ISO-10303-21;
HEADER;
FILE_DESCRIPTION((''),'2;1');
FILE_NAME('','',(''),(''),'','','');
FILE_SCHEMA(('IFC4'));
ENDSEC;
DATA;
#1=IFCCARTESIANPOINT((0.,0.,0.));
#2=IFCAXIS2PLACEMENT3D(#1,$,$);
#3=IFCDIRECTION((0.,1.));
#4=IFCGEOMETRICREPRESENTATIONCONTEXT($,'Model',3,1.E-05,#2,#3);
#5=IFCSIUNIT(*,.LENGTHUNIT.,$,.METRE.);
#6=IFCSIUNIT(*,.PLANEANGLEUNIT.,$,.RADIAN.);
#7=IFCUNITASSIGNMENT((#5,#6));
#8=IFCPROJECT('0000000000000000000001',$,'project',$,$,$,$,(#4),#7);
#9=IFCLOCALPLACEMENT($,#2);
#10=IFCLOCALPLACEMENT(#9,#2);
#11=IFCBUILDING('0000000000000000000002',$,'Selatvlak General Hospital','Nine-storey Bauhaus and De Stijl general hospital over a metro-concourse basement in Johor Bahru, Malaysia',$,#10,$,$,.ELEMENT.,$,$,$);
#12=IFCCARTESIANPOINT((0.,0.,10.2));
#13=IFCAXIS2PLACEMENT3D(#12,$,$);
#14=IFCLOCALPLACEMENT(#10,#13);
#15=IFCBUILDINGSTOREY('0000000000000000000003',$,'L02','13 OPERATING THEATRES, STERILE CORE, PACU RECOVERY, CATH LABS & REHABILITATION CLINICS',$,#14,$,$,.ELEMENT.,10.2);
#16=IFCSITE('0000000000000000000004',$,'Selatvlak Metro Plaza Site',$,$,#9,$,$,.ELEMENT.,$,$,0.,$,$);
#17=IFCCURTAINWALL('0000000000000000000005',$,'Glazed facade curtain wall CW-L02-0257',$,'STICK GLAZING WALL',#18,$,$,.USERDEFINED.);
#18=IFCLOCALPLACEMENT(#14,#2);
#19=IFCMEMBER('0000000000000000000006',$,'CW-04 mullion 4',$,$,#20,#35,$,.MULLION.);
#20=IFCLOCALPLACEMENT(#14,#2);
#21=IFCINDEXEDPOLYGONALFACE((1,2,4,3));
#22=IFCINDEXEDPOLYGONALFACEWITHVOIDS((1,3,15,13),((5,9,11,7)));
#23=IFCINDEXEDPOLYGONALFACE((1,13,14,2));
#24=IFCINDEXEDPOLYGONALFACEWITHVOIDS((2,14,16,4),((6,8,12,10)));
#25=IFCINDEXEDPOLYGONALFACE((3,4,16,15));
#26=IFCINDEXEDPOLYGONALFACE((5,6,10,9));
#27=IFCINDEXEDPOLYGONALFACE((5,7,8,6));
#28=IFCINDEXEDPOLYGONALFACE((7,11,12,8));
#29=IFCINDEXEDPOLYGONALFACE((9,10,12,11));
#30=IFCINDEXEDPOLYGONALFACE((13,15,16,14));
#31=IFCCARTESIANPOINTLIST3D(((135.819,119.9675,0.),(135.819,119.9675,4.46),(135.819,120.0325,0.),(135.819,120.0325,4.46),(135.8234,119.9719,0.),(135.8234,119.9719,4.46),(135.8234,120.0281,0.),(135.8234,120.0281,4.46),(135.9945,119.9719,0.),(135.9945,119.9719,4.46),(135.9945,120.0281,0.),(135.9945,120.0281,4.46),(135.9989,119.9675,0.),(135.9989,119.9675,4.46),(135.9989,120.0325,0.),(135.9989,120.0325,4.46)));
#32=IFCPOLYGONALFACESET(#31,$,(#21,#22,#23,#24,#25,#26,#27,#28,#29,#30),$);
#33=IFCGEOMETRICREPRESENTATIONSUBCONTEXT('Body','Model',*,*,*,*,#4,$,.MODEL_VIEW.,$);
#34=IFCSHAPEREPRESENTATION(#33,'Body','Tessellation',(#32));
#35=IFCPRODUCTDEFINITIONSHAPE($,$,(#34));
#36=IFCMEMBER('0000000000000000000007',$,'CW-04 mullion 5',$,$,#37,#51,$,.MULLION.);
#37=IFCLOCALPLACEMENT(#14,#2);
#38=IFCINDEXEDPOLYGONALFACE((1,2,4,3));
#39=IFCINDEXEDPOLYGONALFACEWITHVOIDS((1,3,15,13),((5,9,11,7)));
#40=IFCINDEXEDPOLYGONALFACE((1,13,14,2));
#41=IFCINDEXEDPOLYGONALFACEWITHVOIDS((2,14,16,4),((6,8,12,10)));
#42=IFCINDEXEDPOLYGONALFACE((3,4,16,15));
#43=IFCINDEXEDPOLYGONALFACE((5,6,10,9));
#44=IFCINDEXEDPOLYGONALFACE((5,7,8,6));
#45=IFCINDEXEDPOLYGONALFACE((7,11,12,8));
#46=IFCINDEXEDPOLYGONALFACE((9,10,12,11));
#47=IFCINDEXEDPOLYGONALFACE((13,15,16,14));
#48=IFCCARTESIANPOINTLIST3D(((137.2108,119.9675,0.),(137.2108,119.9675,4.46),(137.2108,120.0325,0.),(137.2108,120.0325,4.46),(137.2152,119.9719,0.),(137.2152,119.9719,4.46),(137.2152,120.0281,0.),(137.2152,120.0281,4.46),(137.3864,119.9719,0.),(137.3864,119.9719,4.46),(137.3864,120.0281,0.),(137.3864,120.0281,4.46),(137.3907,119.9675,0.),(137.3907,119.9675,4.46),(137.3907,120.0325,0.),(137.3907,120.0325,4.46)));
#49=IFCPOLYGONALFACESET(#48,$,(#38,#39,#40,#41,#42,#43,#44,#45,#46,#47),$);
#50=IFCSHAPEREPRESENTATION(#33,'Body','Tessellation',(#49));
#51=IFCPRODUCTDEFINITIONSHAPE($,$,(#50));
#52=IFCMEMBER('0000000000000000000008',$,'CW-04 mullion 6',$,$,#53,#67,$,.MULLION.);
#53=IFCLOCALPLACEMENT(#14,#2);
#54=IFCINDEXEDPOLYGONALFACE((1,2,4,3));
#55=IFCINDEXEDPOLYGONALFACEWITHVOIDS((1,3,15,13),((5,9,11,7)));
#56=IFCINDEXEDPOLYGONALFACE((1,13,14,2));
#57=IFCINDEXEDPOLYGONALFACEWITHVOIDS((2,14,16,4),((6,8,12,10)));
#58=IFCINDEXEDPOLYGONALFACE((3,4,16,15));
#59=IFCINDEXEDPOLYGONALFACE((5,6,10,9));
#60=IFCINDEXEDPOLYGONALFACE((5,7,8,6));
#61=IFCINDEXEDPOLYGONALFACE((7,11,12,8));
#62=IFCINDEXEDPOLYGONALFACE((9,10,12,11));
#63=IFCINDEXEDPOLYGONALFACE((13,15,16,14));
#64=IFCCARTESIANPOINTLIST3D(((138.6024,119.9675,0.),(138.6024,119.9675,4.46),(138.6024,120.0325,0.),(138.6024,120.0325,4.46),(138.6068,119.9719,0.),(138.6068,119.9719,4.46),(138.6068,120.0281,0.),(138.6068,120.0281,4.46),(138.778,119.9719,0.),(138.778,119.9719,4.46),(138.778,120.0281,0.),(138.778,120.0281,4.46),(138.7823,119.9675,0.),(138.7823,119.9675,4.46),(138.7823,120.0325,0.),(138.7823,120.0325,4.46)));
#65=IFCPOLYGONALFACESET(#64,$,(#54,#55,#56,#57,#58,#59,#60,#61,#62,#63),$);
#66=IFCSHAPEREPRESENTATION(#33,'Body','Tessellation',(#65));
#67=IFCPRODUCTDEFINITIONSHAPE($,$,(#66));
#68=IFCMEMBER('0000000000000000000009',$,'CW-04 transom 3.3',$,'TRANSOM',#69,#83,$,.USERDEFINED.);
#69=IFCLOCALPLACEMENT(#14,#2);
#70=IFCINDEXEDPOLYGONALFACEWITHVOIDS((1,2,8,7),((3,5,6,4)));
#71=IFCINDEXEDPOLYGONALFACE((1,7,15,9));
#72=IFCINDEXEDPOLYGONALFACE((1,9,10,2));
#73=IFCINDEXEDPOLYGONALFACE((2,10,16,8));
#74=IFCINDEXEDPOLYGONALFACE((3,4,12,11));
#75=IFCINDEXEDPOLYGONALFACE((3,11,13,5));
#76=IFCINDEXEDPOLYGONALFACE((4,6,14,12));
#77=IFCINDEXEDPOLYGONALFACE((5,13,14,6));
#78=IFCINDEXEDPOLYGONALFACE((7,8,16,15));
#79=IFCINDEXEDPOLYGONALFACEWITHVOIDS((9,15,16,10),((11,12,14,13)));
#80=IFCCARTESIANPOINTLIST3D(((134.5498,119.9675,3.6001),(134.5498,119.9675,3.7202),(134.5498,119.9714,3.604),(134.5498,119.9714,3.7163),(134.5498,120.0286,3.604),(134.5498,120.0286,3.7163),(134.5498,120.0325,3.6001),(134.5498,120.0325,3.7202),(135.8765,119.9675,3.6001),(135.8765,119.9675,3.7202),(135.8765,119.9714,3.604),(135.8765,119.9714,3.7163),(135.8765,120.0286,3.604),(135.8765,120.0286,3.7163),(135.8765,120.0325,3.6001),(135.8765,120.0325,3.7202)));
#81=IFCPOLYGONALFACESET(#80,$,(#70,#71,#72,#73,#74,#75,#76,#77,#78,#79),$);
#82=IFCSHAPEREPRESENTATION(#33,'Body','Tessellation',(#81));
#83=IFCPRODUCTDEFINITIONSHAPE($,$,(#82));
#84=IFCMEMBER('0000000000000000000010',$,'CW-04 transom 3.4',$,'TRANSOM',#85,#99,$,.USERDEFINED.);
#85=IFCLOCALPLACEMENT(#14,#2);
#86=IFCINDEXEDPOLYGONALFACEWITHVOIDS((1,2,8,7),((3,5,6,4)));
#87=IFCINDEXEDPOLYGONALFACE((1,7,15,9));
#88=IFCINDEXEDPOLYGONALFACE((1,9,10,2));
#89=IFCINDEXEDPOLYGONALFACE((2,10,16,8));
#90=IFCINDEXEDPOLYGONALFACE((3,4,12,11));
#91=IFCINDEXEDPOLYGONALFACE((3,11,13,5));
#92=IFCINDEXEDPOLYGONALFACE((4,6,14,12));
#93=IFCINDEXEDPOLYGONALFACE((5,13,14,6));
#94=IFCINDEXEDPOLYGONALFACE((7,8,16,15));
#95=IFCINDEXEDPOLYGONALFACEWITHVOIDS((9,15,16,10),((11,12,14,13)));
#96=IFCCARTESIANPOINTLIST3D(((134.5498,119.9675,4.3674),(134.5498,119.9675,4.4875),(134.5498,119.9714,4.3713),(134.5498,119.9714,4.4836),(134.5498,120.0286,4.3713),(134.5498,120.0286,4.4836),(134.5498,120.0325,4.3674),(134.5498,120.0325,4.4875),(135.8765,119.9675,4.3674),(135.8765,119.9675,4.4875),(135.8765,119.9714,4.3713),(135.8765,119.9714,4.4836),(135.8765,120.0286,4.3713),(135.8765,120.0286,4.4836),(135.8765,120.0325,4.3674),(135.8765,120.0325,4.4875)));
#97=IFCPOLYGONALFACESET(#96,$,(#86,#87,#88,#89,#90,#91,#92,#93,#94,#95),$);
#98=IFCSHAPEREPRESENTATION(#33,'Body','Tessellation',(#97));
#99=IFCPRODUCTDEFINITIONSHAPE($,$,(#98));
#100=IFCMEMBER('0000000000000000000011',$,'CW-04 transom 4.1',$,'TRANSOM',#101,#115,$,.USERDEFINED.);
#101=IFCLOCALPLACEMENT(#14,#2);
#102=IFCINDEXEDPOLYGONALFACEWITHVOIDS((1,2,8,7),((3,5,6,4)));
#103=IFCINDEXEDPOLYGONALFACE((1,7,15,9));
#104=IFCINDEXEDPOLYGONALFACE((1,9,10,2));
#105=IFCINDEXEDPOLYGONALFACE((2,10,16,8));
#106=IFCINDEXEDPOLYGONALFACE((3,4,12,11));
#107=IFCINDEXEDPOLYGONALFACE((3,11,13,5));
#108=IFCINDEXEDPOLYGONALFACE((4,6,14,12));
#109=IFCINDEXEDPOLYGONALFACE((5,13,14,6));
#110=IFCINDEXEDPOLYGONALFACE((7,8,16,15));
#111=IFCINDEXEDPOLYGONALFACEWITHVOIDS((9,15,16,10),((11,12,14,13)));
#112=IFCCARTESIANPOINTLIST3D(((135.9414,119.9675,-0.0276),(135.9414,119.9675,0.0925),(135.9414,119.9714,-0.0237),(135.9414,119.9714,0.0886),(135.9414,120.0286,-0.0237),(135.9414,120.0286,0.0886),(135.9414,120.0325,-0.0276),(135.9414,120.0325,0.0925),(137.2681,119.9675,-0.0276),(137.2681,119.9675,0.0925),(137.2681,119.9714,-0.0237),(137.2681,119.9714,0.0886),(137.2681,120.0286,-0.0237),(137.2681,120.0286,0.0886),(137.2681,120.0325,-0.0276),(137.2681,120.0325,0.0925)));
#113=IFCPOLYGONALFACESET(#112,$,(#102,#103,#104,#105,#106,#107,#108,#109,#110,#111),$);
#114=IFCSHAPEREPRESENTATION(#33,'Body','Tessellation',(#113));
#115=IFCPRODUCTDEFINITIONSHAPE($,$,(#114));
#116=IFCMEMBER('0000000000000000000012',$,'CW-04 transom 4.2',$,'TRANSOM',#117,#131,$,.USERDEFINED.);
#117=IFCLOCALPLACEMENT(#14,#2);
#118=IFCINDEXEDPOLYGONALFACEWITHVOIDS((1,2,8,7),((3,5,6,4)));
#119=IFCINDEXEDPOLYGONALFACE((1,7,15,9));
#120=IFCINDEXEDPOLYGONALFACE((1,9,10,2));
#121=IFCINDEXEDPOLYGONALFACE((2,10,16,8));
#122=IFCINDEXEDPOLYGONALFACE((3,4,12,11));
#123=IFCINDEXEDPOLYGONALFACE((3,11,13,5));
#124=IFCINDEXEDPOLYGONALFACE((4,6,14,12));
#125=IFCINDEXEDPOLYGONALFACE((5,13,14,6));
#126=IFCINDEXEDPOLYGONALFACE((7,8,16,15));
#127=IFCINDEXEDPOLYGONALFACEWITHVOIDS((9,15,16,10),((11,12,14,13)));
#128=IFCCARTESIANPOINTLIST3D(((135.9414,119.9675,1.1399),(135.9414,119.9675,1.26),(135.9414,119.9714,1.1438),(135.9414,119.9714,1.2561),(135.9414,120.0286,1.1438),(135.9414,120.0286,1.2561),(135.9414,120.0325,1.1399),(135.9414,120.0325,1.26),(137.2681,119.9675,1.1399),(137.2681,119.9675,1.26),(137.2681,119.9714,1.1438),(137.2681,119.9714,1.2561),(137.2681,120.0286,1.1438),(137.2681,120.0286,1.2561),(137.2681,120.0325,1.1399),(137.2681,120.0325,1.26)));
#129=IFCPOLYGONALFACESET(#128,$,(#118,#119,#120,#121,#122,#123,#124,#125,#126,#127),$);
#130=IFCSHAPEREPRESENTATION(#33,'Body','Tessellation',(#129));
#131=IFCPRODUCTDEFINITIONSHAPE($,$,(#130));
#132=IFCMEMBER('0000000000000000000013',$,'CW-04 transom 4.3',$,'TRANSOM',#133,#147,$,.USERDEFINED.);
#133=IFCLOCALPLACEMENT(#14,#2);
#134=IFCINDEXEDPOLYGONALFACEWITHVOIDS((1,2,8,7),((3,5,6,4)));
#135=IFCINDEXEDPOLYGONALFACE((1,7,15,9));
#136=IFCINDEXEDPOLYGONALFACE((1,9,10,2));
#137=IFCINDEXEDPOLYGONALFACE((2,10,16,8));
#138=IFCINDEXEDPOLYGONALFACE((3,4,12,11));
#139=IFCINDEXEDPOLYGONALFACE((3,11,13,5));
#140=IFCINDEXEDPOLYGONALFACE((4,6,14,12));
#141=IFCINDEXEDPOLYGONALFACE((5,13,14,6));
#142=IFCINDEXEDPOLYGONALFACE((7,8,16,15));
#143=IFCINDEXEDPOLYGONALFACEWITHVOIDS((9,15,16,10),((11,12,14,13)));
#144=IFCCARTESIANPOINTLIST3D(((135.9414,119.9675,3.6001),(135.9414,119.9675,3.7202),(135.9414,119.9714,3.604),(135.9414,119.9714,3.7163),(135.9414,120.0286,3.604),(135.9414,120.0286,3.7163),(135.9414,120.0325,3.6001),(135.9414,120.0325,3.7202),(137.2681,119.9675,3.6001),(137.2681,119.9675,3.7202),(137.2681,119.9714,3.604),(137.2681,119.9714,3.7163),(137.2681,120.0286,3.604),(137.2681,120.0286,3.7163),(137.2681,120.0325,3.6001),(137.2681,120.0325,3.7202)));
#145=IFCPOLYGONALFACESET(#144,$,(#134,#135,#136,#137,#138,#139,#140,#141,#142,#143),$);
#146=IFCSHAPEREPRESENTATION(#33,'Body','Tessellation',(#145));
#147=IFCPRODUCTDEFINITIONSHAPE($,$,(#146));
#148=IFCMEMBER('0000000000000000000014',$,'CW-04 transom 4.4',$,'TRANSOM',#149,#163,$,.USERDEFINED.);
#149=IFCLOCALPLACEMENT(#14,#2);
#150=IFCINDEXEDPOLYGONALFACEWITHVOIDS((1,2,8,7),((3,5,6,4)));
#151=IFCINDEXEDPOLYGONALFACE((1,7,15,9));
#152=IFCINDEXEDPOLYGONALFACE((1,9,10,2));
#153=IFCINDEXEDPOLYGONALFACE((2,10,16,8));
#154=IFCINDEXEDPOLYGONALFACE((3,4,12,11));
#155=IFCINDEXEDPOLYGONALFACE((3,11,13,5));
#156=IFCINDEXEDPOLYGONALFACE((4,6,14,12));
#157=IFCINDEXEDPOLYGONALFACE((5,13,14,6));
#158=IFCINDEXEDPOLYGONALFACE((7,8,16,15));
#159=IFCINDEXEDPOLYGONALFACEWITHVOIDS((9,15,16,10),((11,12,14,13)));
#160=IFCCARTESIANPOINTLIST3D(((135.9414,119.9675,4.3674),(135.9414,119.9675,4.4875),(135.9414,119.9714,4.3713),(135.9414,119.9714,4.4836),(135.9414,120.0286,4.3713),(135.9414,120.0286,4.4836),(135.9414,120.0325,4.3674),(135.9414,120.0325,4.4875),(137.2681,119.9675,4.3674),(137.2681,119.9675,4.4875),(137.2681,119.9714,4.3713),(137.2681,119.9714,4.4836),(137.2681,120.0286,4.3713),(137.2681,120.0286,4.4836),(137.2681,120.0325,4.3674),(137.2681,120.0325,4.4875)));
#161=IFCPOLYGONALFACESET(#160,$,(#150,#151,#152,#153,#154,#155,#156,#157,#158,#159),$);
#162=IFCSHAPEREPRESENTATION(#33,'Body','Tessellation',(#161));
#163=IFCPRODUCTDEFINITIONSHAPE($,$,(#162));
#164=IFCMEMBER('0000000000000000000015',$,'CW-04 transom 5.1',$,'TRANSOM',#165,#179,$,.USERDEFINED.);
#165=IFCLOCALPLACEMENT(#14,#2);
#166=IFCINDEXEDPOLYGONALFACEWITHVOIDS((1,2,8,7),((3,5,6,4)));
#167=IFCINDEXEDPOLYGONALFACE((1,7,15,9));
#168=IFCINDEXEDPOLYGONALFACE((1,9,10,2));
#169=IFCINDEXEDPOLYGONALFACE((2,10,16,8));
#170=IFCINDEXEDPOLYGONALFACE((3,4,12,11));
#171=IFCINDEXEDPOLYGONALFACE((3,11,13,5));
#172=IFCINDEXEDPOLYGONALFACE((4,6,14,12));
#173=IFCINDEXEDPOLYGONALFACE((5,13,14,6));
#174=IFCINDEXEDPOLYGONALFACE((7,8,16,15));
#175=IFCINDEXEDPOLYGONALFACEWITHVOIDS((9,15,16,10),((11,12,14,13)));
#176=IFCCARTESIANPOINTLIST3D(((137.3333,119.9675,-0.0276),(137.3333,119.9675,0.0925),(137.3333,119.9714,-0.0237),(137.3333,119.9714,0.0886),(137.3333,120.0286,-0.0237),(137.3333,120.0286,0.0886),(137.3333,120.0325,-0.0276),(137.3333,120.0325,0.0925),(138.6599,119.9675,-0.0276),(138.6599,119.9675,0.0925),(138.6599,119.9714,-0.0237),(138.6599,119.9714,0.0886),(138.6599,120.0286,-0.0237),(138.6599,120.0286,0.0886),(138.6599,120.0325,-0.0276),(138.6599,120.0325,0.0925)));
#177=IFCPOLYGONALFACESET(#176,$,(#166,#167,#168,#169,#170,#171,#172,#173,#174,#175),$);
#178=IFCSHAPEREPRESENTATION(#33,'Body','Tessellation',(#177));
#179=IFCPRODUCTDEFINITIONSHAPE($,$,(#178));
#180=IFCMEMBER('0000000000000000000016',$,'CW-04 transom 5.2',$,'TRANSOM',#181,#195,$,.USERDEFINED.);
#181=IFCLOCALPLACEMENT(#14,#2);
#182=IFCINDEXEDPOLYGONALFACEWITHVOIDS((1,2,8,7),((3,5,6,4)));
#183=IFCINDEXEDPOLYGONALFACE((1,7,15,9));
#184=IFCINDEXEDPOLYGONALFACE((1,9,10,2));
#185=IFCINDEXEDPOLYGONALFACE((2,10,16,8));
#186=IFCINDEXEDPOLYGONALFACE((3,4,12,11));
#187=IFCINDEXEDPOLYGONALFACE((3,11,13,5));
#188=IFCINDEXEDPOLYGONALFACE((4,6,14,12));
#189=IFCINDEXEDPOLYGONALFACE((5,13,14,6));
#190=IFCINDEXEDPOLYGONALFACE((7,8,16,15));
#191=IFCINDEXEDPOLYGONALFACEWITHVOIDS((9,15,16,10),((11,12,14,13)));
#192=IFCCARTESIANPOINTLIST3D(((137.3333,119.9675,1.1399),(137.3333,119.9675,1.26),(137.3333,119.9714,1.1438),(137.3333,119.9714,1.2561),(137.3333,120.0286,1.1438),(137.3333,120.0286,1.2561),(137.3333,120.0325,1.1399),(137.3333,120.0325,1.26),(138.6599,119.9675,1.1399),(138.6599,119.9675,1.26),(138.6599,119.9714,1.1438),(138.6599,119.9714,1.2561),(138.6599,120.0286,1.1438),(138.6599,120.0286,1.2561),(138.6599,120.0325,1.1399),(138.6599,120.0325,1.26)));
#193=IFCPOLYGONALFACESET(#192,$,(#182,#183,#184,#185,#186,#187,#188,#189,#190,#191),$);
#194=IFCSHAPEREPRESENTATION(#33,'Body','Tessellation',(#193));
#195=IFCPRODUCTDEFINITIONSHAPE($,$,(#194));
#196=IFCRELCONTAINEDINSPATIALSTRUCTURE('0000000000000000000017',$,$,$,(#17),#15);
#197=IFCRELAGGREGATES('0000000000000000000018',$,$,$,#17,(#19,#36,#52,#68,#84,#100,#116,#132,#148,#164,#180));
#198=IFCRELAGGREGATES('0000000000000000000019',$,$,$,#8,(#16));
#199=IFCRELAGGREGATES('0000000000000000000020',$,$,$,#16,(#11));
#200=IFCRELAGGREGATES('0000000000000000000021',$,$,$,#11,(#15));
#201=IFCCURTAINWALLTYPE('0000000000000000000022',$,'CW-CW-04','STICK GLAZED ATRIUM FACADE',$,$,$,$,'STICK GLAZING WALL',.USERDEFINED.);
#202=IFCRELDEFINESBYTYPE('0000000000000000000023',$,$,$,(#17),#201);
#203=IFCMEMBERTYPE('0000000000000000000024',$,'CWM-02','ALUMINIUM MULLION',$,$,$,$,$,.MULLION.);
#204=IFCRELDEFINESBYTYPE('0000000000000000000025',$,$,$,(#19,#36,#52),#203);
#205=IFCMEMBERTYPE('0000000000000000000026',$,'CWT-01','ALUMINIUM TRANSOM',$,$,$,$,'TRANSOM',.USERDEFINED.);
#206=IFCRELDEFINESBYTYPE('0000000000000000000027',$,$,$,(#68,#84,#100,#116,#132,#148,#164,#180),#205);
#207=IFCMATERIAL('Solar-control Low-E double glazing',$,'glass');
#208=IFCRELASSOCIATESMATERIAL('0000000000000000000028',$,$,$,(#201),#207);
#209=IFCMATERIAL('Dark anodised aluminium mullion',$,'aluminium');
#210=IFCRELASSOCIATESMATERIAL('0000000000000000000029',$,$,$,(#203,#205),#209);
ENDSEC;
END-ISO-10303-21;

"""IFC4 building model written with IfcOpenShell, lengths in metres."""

from ifc_helpers import new_model, si_unit, direction, frame, origin, origin_2d, place, context, subcontext, project, spatial, hollow_rectangle, extrude, material, material_profile, profile_set, type_object, element, aggregate, save


model = new_model("IFC4")

# Units and contexts
model_context = context("Model", 3, precision=1e-05, world=origin(), true_north=direction((0.0, 1.0)))
body_context = subcontext(model_context, "Body", "Model", "MODEL_VIEW")
ifc_project = project(units=[si_unit("LENGTHUNIT", "METRE"), si_unit("PLANEANGLEUNIT", "RADIAN")], contexts=[model_context])

# Site, building, storey
site_placement = place(None, origin())
site = spatial("IfcSite", under=ifc_project, at=site_placement, Name="Selatvlak Metro Plaza Site", CompositionType="ELEMENT", RefElevation=0.0)
building_placement = place(site_placement, origin())
building = spatial("IfcBuilding", under=site, at=building_placement, Name="Selatvlak General Hospital", Description="Nine-storey Bauhaus and De Stijl general hospital over a metro-concourse basement in Johor Bahru, Malaysia", CompositionType="ELEMENT")
storey_placement = place(building_placement, frame((0.0, 0.0, 10.2)))
storey = spatial("IfcBuildingStorey", under=building, at=storey_placement, Name="L02", Description="13 OPERATING THEATRES, STERILE CORE, PACU RECOVERY, CATH LABS & REHABILITATION CLINICS", CompositionType="ELEMENT", Elevation=10.2)

# Curtain wall, members
ifc_material_1 = material(Name="Solar-control Low-E double glazing", Category="glass")
curtain_wall_type = type_object("IfcCurtainWallType", Name="CW-CW-04", Description="STICK GLAZED ATRIUM FACADE", ElementType="STICK GLAZING WALL", PredefinedType="USERDEFINED", material=ifc_material_1)
curtain_wall_placement = place(storey_placement, origin())
curtain_wall = element("IfcCurtainWall", 1, at=curtain_wall_placement, inside=storey, type_object=curtain_wall_type, Name="Glazed facade curtain wall CW-L02-0257", ObjectType="STICK GLAZING WALL", PredefinedType="USERDEFINED")
ifc_material_2 = material(Name="Dark anodised aluminium mullion", Category="aluminium")
ifc_material_profile_1 = material_profile(ifc_material_2, hollow_rectangle(XDim=0.0649, YDim=0.1799, WallThickness=0.0044, at=origin_2d()), Name="AL-MUL 65x180x4.5")
ifc_profile_set_1 = profile_set([ifc_material_profile_1], Name="Dark anodised aluminium mullion")
member_type_1 = type_object("IfcMemberType", Name="CWM-02", Description="ALUMINIUM MULLION", PredefinedType="MULLION", material=ifc_profile_set_1)
member_1_placement = place(storey_placement, frame((135.9089, 120.0, 0.0), z_axis=(0.0, 0.0, 1.0), x_axis=(0.0, 1.0, 0.0)))
member_1 = element("IfcMember", 2, at=member_1_placement, type_object=member_type_1, Name="CW-04 mullion 4", PredefinedType="MULLION", context=body_context, shape_type="SweptSolid", body=[
    extrude(hollow_rectangle(XDim=0.0649, YDim=0.1799, WallThickness=0.0044, at=origin_2d()), origin(), (0.0, 0.0, 1.0), 4.46),
])
member_2_placement = place(storey_placement, frame((137.3008, 120.0, 0.0), z_axis=(0.0, 0.0, 1.0), x_axis=(0.0, 1.0, 0.0)))
member_2 = element("IfcMember", 3, at=member_2_placement, type_object=member_type_1, Name="CW-04 mullion 5", PredefinedType="MULLION", context=body_context, shape_type="SweptSolid", body=[
    extrude(hollow_rectangle(XDim=0.0649, YDim=0.1799, WallThickness=0.0044, at=origin_2d()), origin(), (0.0, 0.0, 1.0), 4.46),
])
member_3_placement = place(storey_placement, frame((138.6924, 120.0, 0.0), z_axis=(0.0, 0.0, 1.0), x_axis=(0.0, 1.0, 0.0)))
member_3 = element("IfcMember", 4, at=member_3_placement, type_object=member_type_1, Name="CW-04 mullion 6", PredefinedType="MULLION", context=body_context, shape_type="SweptSolid", body=[
    extrude(hollow_rectangle(XDim=0.0649, YDim=0.1799, WallThickness=0.0044, at=origin_2d()), origin(), (0.0, 0.0, 1.0), 4.46),
])
ifc_material_profile_2 = material_profile(ifc_material_2, hollow_rectangle(XDim=0.0649, YDim=0.1201, WallThickness=0.0039, at=origin_2d()), Name="AL-TRN 65x120x4")
ifc_profile_set_2 = profile_set([ifc_material_profile_2], Name="Dark anodised aluminium mullion")
member_type_2 = type_object("IfcMemberType", Name="CWT-01", Description="ALUMINIUM TRANSOM", ElementType="TRANSOM", PredefinedType="USERDEFINED", material=ifc_profile_set_2)
member_4_placement = place(storey_placement, frame((134.5498, 120.0, 3.6602), z_axis=(1.0, 0.0, 0.0), x_axis=(0.0, 1.0, 0.0)))
member_4 = element("IfcMember", 5, at=member_4_placement, type_object=member_type_2, Name="CW-04 transom 3.3", ObjectType="TRANSOM", PredefinedType="USERDEFINED", context=body_context, shape_type="SweptSolid", body=[
    extrude(hollow_rectangle(XDim=0.0649, YDim=0.1201, WallThickness=0.0039, at=origin_2d()), origin(), (0.0, 0.0, 1.0), 1.3267),
])
member_5_placement = place(storey_placement, frame((134.5498, 120.0, 4.4275), z_axis=(1.0, 0.0, 0.0), x_axis=(0.0, 1.0, 0.0)))
member_5 = element("IfcMember", 6, at=member_5_placement, type_object=member_type_2, Name="CW-04 transom 3.4", ObjectType="TRANSOM", PredefinedType="USERDEFINED", context=body_context, shape_type="SweptSolid", body=[
    extrude(hollow_rectangle(XDim=0.0649, YDim=0.1201, WallThickness=0.0039, at=origin_2d()), origin(), (0.0, 0.0, 1.0), 1.3267),
])
member_6_placement = place(storey_placement, frame((135.9414, 120.0, 0.0325), z_axis=(1.0, 0.0, 0.0), x_axis=(0.0, 1.0, 0.0)))
member_6 = element("IfcMember", 7, at=member_6_placement, type_object=member_type_2, Name="CW-04 transom 4.1", ObjectType="TRANSOM", PredefinedType="USERDEFINED", context=body_context, shape_type="SweptSolid", body=[
    extrude(hollow_rectangle(XDim=0.0649, YDim=0.1201, WallThickness=0.0039, at=origin_2d()), origin(), (0.0, 0.0, 1.0), 1.3267),
])
member_7_placement = place(storey_placement, frame((135.9414, 120.0, 1.2), z_axis=(1.0, 0.0, 0.0), x_axis=(0.0, 1.0, 0.0)))
member_7 = element("IfcMember", 8, at=member_7_placement, type_object=member_type_2, Name="CW-04 transom 4.2", ObjectType="TRANSOM", PredefinedType="USERDEFINED", context=body_context, shape_type="SweptSolid", body=[
    extrude(hollow_rectangle(XDim=0.0649, YDim=0.1201, WallThickness=0.0039, at=origin_2d()), origin(), (0.0, 0.0, 1.0), 1.3267),
])
member_8_placement = place(storey_placement, frame((135.9414, 120.0, 3.6602), z_axis=(1.0, 0.0, 0.0), x_axis=(0.0, 1.0, 0.0)))
member_8 = element("IfcMember", 9, at=member_8_placement, type_object=member_type_2, Name="CW-04 transom 4.3", ObjectType="TRANSOM", PredefinedType="USERDEFINED", context=body_context, shape_type="SweptSolid", body=[
    extrude(hollow_rectangle(XDim=0.0649, YDim=0.1201, WallThickness=0.0039, at=origin_2d()), origin(), (0.0, 0.0, 1.0), 1.3267),
])
member_9_placement = place(storey_placement, frame((135.9414, 120.0, 4.4275), z_axis=(1.0, 0.0, 0.0), x_axis=(0.0, 1.0, 0.0)))
member_9 = element("IfcMember", 10, at=member_9_placement, type_object=member_type_2, Name="CW-04 transom 4.4", ObjectType="TRANSOM", PredefinedType="USERDEFINED", context=body_context, shape_type="SweptSolid", body=[
    extrude(hollow_rectangle(XDim=0.0649, YDim=0.1201, WallThickness=0.0039, at=origin_2d()), origin(), (0.0, 0.0, 1.0), 1.3267),
])
member_10_placement = place(storey_placement, frame((137.3333, 120.0, 0.0325), z_axis=(1.0, 0.0, 0.0), x_axis=(0.0, 1.0, 0.0)))
member_10 = element("IfcMember", 11, at=member_10_placement, type_object=member_type_2, Name="CW-04 transom 5.1", ObjectType="TRANSOM", PredefinedType="USERDEFINED", context=body_context, shape_type="SweptSolid", body=[
    extrude(hollow_rectangle(XDim=0.0649, YDim=0.1201, WallThickness=0.0039, at=origin_2d()), origin(), (0.0, 0.0, 1.0), 1.3267),
])
member_11_placement = place(storey_placement, frame((137.3333, 120.0, 1.2), z_axis=(1.0, 0.0, 0.0), x_axis=(0.0, 1.0, 0.0)))
member_11 = element("IfcMember", 12, at=member_11_placement, type_object=member_type_2, Name="CW-04 transom 5.2", ObjectType="TRANSOM", PredefinedType="USERDEFINED", context=body_context, shape_type="SweptSolid", body=[
    extrude(hollow_rectangle(XDim=0.0649, YDim=0.1201, WallThickness=0.0039, at=origin_2d()), origin(), (0.0, 0.0, 1.0), 1.3267),
])
aggregate(curtain_wall, [member_1, member_2, member_3, member_4, member_5, member_6, member_7, member_8, member_9, member_10, member_11])

save(model, "model.ifc")
